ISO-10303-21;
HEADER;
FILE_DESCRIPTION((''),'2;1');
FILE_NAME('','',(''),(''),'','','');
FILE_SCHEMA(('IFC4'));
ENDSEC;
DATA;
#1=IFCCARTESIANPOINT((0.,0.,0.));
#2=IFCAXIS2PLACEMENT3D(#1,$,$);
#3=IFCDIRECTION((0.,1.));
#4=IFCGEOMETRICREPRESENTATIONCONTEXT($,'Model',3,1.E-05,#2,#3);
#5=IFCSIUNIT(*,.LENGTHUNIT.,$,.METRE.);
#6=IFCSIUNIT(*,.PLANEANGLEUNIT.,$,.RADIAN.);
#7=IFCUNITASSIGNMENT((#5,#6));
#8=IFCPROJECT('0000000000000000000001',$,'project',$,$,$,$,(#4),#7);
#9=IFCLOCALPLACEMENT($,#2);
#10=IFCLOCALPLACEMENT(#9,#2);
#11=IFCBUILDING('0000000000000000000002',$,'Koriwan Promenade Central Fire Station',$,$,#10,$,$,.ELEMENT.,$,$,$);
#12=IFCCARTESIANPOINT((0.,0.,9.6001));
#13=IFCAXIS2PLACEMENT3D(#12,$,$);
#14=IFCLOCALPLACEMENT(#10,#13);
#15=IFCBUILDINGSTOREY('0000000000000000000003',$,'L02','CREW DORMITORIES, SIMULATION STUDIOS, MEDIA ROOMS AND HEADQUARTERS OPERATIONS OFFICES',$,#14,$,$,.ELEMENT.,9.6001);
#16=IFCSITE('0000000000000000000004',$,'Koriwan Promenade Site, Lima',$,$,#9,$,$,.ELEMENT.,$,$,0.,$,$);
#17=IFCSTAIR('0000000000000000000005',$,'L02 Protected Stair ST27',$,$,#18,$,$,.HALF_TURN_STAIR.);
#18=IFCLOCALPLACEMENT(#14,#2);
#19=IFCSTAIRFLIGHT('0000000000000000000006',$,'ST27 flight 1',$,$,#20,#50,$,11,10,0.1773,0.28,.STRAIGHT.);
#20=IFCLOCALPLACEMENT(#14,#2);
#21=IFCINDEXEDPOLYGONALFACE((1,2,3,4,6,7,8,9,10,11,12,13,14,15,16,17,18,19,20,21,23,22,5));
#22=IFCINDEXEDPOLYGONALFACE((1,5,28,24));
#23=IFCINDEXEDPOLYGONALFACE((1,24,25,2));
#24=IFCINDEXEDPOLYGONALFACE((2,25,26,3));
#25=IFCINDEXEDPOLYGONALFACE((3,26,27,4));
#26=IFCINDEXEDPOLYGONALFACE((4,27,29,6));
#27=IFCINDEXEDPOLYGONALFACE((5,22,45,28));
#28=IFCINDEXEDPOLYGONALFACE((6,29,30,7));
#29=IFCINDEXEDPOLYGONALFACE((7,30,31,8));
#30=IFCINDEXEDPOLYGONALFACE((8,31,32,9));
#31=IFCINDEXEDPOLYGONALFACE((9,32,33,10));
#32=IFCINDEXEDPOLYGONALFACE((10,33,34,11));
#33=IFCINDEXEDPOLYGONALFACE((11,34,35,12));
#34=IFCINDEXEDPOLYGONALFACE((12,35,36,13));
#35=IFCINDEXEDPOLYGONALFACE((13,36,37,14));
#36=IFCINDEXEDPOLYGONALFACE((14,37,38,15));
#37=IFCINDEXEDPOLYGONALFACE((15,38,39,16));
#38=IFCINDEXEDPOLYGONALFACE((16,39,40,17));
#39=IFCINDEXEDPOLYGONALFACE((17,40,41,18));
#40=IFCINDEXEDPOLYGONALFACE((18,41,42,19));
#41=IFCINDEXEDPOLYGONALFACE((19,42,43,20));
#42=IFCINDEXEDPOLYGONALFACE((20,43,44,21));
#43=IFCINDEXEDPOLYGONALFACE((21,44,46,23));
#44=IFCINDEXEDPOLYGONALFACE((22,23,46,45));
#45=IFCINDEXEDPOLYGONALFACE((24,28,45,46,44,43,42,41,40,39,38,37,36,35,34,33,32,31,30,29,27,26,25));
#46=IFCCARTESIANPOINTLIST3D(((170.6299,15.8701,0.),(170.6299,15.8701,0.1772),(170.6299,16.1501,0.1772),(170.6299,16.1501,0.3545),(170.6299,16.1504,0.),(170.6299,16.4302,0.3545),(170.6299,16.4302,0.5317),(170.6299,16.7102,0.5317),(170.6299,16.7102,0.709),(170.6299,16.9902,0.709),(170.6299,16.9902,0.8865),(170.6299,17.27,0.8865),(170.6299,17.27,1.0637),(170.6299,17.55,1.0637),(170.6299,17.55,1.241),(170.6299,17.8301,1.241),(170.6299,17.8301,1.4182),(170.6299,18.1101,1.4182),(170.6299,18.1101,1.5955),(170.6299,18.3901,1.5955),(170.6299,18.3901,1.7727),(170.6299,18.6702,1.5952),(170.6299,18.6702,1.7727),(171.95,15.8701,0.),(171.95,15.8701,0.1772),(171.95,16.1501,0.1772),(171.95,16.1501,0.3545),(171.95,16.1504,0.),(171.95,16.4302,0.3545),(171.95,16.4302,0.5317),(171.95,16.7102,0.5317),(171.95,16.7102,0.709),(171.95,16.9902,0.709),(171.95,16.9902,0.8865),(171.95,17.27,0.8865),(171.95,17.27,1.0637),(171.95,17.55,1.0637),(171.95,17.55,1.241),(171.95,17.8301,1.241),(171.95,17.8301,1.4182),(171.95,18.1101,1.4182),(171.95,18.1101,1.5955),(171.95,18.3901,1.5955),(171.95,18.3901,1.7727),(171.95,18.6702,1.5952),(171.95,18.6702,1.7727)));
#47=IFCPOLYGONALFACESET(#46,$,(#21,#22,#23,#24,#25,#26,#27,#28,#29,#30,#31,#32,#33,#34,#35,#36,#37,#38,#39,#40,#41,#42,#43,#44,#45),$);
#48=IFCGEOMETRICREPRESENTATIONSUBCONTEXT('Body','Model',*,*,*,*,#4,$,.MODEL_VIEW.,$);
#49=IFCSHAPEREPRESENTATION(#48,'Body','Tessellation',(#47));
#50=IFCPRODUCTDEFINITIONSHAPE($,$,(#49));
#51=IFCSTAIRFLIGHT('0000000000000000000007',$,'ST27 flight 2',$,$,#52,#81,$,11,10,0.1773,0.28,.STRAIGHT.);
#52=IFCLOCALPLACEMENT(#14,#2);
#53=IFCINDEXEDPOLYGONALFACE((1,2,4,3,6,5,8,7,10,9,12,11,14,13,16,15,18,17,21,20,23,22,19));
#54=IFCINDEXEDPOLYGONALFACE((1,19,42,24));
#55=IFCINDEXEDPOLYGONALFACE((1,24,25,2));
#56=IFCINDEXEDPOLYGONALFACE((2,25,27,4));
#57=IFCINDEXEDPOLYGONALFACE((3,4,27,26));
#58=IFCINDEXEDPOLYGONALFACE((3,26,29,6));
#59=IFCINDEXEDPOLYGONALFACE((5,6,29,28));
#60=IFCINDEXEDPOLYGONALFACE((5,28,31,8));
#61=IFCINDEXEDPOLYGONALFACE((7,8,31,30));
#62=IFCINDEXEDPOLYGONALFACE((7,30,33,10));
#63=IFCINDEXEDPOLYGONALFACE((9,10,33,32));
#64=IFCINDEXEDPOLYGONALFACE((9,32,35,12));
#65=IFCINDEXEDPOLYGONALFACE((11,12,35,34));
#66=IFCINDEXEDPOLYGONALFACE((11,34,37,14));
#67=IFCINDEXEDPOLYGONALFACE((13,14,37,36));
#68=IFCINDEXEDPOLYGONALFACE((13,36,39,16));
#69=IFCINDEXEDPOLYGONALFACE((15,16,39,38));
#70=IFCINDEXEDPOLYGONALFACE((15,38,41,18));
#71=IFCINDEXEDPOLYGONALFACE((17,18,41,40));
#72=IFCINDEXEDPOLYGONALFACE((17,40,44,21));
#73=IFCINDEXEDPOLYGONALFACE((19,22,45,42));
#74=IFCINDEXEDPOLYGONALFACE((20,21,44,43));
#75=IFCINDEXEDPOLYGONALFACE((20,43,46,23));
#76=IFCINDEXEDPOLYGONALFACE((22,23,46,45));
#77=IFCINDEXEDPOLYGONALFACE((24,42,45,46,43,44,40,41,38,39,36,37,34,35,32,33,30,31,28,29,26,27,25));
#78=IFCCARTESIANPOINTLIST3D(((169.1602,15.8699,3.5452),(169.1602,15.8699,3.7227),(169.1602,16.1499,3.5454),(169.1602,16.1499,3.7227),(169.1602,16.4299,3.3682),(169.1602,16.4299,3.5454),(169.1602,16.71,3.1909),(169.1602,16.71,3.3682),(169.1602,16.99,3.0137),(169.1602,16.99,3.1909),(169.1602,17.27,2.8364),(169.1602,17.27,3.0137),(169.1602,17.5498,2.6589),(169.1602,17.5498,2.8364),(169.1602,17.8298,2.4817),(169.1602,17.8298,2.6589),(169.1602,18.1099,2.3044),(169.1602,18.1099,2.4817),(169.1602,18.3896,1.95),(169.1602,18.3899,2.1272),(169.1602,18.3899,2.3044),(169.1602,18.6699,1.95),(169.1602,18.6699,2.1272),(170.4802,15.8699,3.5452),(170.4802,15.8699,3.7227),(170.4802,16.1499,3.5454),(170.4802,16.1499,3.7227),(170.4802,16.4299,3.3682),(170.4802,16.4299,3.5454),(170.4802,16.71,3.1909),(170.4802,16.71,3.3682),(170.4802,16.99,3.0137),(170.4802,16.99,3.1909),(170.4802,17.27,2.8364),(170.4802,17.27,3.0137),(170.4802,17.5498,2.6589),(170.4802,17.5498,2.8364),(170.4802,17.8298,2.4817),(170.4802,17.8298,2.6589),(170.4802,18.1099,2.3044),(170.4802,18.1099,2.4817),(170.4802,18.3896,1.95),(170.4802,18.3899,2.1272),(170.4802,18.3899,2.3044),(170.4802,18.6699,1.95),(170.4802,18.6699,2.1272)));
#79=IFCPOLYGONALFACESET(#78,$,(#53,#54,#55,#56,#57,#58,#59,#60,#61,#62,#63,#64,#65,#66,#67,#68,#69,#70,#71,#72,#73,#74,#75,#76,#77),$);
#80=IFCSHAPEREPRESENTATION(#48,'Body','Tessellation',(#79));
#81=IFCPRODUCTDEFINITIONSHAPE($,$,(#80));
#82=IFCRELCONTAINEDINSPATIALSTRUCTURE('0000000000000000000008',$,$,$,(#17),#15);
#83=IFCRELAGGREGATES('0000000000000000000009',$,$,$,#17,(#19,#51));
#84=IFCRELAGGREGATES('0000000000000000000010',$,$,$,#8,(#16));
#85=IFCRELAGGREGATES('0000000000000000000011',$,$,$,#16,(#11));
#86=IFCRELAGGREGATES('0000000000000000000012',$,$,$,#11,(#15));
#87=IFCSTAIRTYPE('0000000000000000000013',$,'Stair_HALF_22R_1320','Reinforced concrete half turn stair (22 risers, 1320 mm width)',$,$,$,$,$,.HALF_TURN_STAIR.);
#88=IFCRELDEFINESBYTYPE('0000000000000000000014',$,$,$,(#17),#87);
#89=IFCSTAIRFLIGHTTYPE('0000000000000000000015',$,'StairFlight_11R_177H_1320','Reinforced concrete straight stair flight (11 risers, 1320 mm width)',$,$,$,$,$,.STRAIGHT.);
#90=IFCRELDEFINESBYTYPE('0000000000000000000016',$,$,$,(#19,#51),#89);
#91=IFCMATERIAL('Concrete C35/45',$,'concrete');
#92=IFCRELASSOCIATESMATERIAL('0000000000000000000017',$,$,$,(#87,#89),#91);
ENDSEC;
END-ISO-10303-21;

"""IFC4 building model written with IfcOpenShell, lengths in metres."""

from ifc_helpers import new_model, si_unit, direction, frame, origin, place, context, subcontext, project, spatial, polyline, outline, extrude, material, type_object, element, aggregate, save


model = new_model("IFC4")

# Units and contexts
model_context = context("Model", 3, precision=1e-05, world=origin(), true_north=direction((0.0, 1.0)))
body_context = subcontext(model_context, "Body", "Model", "MODEL_VIEW")
ifc_project = project(units=[si_unit("LENGTHUNIT", "METRE"), si_unit("PLANEANGLEUNIT", "RADIAN")], contexts=[model_context])

# Site, building, storey
site_placement = place(None, origin())
site = spatial("IfcSite", under=ifc_project, at=site_placement, Name="Koriwan Promenade Site, Lima", CompositionType="ELEMENT", RefElevation=0.0)
building_placement = place(site_placement, origin())
building = spatial("IfcBuilding", under=site, at=building_placement, Name="Koriwan Promenade Central Fire Station", CompositionType="ELEMENT")
storey_placement = place(building_placement, frame((0.0, 0.0, 9.6001)))
storey = spatial("IfcBuildingStorey", under=building, at=storey_placement, Name="L02", Description="CREW DORMITORIES, SIMULATION STUDIOS, MEDIA ROOMS AND HEADQUARTERS OPERATIONS OFFICES", CompositionType="ELEMENT", Elevation=9.6001)

# Shared definitions
ifc_material_1 = material(Name="Concrete C35/45", Category="concrete")

# Stair, stair flights
stair_type = type_object("IfcStairType", Name="Stair_HALF_22R_1320", Description="Reinforced concrete half turn stair (22 risers, 1320 mm width)", PredefinedType="HALF_TURN_STAIR", material=ifc_material_1)
stair_placement = place(storey_placement, origin())
stair = element("IfcStair", 1, at=stair_placement, inside=storey, type_object=stair_type, Name="L02 Protected Stair ST27", PredefinedType="HALF_TURN_STAIR")
stair_flight_type = type_object("IfcStairFlightType", Name="StairFlight_11R_177H_1320", Description="Reinforced concrete straight stair flight (11 risers, 1320 mm width)", PredefinedType="STRAIGHT", material=ifc_material_1)
stair_flight_1_placement = place(storey_placement, frame((171.29, 15.8701, 0.0), z_axis=(0.0, 0.0, 1.0), x_axis=(0.0, 1.0, 0.0)))
stair_flight_1 = element("IfcStairFlight", 2, at=stair_flight_1_placement, type_object=stair_flight_type, Name="ST27 flight 1", NumberOfRisers=11, NumberOfTreads=10, PredefinedType="STRAIGHT", RiserHeight=0.1773, TreadLength=0.28, context=body_context, shape_type="SweptSolid", body=[
    extrude(outline(polyline([(0.0, 0.0), (0.0, 0.1772), (0.28, 0.1772), (0.28, 0.3545), (0.5601, 0.3545), (0.5601, 0.5317), (0.8401, 0.5317), (0.8401, 0.709), (1.1201, 0.709), (1.1201, 0.8865), (1.3999, 0.8865), (1.3999, 1.0637), (1.6799, 1.0637), (1.6799, 1.241), (1.96, 1.241), (1.96, 1.4182), (2.24, 1.4182), (2.24, 1.5955), (2.52, 1.5955), (2.52, 1.7727), (2.8, 1.7727), (2.8, 1.95), (2.8, 1.5952), (0.2803, 0.0), (0.0, 0.0)])), frame((0.0, 0.6602, 0.0), z_axis=(0.0, -1.0, 0.0), x_axis=(1.0, 0.0, 0.0)), (0.0, 0.0, 1.0), 1.3201),
])
stair_flight_2_placement = place(storey_placement, frame((169.8201, 18.6699, 1.95), z_axis=(0.0, 0.0, 1.0), x_axis=(0.0, -1.0, 0.0)))
stair_flight_2 = element("IfcStairFlight", 3, at=stair_flight_2_placement, type_object=stair_flight_type, Name="ST27 flight 2", NumberOfRisers=11, NumberOfTreads=10, PredefinedType="STRAIGHT", RiserHeight=0.1773, TreadLength=0.28, context=body_context, shape_type="SweptSolid", body=[
    extrude(outline(polyline([(0.0, 0.0), (0.0, 0.1772), (0.28, 0.1772), (0.28, 0.3545), (0.5601, 0.3545), (0.5601, 0.5317), (0.8401, 0.5317), (0.8401, 0.709), (1.1201, 0.709), (1.1201, 0.8865), (1.3999, 0.8865), (1.3999, 1.0637), (1.6799, 1.0637), (1.6799, 1.241), (1.96, 1.241), (1.96, 1.4182), (2.24, 1.4182), (2.24, 1.5955), (2.52, 1.5955), (2.52, 1.7727), (2.8, 1.7727), (2.8, 1.95), (2.8, 1.5952), (0.2803, 0.0), (0.0, 0.0)])), frame((0.0, 0.6602, 0.0), z_axis=(0.0, -1.0, 0.0), x_axis=(1.0, 0.0, 0.0)), (0.0, 0.0, 1.0), 1.3201),
])
aggregate(stair, [stair_flight_1, stair_flight_2])

save(model, "model.ifc")
